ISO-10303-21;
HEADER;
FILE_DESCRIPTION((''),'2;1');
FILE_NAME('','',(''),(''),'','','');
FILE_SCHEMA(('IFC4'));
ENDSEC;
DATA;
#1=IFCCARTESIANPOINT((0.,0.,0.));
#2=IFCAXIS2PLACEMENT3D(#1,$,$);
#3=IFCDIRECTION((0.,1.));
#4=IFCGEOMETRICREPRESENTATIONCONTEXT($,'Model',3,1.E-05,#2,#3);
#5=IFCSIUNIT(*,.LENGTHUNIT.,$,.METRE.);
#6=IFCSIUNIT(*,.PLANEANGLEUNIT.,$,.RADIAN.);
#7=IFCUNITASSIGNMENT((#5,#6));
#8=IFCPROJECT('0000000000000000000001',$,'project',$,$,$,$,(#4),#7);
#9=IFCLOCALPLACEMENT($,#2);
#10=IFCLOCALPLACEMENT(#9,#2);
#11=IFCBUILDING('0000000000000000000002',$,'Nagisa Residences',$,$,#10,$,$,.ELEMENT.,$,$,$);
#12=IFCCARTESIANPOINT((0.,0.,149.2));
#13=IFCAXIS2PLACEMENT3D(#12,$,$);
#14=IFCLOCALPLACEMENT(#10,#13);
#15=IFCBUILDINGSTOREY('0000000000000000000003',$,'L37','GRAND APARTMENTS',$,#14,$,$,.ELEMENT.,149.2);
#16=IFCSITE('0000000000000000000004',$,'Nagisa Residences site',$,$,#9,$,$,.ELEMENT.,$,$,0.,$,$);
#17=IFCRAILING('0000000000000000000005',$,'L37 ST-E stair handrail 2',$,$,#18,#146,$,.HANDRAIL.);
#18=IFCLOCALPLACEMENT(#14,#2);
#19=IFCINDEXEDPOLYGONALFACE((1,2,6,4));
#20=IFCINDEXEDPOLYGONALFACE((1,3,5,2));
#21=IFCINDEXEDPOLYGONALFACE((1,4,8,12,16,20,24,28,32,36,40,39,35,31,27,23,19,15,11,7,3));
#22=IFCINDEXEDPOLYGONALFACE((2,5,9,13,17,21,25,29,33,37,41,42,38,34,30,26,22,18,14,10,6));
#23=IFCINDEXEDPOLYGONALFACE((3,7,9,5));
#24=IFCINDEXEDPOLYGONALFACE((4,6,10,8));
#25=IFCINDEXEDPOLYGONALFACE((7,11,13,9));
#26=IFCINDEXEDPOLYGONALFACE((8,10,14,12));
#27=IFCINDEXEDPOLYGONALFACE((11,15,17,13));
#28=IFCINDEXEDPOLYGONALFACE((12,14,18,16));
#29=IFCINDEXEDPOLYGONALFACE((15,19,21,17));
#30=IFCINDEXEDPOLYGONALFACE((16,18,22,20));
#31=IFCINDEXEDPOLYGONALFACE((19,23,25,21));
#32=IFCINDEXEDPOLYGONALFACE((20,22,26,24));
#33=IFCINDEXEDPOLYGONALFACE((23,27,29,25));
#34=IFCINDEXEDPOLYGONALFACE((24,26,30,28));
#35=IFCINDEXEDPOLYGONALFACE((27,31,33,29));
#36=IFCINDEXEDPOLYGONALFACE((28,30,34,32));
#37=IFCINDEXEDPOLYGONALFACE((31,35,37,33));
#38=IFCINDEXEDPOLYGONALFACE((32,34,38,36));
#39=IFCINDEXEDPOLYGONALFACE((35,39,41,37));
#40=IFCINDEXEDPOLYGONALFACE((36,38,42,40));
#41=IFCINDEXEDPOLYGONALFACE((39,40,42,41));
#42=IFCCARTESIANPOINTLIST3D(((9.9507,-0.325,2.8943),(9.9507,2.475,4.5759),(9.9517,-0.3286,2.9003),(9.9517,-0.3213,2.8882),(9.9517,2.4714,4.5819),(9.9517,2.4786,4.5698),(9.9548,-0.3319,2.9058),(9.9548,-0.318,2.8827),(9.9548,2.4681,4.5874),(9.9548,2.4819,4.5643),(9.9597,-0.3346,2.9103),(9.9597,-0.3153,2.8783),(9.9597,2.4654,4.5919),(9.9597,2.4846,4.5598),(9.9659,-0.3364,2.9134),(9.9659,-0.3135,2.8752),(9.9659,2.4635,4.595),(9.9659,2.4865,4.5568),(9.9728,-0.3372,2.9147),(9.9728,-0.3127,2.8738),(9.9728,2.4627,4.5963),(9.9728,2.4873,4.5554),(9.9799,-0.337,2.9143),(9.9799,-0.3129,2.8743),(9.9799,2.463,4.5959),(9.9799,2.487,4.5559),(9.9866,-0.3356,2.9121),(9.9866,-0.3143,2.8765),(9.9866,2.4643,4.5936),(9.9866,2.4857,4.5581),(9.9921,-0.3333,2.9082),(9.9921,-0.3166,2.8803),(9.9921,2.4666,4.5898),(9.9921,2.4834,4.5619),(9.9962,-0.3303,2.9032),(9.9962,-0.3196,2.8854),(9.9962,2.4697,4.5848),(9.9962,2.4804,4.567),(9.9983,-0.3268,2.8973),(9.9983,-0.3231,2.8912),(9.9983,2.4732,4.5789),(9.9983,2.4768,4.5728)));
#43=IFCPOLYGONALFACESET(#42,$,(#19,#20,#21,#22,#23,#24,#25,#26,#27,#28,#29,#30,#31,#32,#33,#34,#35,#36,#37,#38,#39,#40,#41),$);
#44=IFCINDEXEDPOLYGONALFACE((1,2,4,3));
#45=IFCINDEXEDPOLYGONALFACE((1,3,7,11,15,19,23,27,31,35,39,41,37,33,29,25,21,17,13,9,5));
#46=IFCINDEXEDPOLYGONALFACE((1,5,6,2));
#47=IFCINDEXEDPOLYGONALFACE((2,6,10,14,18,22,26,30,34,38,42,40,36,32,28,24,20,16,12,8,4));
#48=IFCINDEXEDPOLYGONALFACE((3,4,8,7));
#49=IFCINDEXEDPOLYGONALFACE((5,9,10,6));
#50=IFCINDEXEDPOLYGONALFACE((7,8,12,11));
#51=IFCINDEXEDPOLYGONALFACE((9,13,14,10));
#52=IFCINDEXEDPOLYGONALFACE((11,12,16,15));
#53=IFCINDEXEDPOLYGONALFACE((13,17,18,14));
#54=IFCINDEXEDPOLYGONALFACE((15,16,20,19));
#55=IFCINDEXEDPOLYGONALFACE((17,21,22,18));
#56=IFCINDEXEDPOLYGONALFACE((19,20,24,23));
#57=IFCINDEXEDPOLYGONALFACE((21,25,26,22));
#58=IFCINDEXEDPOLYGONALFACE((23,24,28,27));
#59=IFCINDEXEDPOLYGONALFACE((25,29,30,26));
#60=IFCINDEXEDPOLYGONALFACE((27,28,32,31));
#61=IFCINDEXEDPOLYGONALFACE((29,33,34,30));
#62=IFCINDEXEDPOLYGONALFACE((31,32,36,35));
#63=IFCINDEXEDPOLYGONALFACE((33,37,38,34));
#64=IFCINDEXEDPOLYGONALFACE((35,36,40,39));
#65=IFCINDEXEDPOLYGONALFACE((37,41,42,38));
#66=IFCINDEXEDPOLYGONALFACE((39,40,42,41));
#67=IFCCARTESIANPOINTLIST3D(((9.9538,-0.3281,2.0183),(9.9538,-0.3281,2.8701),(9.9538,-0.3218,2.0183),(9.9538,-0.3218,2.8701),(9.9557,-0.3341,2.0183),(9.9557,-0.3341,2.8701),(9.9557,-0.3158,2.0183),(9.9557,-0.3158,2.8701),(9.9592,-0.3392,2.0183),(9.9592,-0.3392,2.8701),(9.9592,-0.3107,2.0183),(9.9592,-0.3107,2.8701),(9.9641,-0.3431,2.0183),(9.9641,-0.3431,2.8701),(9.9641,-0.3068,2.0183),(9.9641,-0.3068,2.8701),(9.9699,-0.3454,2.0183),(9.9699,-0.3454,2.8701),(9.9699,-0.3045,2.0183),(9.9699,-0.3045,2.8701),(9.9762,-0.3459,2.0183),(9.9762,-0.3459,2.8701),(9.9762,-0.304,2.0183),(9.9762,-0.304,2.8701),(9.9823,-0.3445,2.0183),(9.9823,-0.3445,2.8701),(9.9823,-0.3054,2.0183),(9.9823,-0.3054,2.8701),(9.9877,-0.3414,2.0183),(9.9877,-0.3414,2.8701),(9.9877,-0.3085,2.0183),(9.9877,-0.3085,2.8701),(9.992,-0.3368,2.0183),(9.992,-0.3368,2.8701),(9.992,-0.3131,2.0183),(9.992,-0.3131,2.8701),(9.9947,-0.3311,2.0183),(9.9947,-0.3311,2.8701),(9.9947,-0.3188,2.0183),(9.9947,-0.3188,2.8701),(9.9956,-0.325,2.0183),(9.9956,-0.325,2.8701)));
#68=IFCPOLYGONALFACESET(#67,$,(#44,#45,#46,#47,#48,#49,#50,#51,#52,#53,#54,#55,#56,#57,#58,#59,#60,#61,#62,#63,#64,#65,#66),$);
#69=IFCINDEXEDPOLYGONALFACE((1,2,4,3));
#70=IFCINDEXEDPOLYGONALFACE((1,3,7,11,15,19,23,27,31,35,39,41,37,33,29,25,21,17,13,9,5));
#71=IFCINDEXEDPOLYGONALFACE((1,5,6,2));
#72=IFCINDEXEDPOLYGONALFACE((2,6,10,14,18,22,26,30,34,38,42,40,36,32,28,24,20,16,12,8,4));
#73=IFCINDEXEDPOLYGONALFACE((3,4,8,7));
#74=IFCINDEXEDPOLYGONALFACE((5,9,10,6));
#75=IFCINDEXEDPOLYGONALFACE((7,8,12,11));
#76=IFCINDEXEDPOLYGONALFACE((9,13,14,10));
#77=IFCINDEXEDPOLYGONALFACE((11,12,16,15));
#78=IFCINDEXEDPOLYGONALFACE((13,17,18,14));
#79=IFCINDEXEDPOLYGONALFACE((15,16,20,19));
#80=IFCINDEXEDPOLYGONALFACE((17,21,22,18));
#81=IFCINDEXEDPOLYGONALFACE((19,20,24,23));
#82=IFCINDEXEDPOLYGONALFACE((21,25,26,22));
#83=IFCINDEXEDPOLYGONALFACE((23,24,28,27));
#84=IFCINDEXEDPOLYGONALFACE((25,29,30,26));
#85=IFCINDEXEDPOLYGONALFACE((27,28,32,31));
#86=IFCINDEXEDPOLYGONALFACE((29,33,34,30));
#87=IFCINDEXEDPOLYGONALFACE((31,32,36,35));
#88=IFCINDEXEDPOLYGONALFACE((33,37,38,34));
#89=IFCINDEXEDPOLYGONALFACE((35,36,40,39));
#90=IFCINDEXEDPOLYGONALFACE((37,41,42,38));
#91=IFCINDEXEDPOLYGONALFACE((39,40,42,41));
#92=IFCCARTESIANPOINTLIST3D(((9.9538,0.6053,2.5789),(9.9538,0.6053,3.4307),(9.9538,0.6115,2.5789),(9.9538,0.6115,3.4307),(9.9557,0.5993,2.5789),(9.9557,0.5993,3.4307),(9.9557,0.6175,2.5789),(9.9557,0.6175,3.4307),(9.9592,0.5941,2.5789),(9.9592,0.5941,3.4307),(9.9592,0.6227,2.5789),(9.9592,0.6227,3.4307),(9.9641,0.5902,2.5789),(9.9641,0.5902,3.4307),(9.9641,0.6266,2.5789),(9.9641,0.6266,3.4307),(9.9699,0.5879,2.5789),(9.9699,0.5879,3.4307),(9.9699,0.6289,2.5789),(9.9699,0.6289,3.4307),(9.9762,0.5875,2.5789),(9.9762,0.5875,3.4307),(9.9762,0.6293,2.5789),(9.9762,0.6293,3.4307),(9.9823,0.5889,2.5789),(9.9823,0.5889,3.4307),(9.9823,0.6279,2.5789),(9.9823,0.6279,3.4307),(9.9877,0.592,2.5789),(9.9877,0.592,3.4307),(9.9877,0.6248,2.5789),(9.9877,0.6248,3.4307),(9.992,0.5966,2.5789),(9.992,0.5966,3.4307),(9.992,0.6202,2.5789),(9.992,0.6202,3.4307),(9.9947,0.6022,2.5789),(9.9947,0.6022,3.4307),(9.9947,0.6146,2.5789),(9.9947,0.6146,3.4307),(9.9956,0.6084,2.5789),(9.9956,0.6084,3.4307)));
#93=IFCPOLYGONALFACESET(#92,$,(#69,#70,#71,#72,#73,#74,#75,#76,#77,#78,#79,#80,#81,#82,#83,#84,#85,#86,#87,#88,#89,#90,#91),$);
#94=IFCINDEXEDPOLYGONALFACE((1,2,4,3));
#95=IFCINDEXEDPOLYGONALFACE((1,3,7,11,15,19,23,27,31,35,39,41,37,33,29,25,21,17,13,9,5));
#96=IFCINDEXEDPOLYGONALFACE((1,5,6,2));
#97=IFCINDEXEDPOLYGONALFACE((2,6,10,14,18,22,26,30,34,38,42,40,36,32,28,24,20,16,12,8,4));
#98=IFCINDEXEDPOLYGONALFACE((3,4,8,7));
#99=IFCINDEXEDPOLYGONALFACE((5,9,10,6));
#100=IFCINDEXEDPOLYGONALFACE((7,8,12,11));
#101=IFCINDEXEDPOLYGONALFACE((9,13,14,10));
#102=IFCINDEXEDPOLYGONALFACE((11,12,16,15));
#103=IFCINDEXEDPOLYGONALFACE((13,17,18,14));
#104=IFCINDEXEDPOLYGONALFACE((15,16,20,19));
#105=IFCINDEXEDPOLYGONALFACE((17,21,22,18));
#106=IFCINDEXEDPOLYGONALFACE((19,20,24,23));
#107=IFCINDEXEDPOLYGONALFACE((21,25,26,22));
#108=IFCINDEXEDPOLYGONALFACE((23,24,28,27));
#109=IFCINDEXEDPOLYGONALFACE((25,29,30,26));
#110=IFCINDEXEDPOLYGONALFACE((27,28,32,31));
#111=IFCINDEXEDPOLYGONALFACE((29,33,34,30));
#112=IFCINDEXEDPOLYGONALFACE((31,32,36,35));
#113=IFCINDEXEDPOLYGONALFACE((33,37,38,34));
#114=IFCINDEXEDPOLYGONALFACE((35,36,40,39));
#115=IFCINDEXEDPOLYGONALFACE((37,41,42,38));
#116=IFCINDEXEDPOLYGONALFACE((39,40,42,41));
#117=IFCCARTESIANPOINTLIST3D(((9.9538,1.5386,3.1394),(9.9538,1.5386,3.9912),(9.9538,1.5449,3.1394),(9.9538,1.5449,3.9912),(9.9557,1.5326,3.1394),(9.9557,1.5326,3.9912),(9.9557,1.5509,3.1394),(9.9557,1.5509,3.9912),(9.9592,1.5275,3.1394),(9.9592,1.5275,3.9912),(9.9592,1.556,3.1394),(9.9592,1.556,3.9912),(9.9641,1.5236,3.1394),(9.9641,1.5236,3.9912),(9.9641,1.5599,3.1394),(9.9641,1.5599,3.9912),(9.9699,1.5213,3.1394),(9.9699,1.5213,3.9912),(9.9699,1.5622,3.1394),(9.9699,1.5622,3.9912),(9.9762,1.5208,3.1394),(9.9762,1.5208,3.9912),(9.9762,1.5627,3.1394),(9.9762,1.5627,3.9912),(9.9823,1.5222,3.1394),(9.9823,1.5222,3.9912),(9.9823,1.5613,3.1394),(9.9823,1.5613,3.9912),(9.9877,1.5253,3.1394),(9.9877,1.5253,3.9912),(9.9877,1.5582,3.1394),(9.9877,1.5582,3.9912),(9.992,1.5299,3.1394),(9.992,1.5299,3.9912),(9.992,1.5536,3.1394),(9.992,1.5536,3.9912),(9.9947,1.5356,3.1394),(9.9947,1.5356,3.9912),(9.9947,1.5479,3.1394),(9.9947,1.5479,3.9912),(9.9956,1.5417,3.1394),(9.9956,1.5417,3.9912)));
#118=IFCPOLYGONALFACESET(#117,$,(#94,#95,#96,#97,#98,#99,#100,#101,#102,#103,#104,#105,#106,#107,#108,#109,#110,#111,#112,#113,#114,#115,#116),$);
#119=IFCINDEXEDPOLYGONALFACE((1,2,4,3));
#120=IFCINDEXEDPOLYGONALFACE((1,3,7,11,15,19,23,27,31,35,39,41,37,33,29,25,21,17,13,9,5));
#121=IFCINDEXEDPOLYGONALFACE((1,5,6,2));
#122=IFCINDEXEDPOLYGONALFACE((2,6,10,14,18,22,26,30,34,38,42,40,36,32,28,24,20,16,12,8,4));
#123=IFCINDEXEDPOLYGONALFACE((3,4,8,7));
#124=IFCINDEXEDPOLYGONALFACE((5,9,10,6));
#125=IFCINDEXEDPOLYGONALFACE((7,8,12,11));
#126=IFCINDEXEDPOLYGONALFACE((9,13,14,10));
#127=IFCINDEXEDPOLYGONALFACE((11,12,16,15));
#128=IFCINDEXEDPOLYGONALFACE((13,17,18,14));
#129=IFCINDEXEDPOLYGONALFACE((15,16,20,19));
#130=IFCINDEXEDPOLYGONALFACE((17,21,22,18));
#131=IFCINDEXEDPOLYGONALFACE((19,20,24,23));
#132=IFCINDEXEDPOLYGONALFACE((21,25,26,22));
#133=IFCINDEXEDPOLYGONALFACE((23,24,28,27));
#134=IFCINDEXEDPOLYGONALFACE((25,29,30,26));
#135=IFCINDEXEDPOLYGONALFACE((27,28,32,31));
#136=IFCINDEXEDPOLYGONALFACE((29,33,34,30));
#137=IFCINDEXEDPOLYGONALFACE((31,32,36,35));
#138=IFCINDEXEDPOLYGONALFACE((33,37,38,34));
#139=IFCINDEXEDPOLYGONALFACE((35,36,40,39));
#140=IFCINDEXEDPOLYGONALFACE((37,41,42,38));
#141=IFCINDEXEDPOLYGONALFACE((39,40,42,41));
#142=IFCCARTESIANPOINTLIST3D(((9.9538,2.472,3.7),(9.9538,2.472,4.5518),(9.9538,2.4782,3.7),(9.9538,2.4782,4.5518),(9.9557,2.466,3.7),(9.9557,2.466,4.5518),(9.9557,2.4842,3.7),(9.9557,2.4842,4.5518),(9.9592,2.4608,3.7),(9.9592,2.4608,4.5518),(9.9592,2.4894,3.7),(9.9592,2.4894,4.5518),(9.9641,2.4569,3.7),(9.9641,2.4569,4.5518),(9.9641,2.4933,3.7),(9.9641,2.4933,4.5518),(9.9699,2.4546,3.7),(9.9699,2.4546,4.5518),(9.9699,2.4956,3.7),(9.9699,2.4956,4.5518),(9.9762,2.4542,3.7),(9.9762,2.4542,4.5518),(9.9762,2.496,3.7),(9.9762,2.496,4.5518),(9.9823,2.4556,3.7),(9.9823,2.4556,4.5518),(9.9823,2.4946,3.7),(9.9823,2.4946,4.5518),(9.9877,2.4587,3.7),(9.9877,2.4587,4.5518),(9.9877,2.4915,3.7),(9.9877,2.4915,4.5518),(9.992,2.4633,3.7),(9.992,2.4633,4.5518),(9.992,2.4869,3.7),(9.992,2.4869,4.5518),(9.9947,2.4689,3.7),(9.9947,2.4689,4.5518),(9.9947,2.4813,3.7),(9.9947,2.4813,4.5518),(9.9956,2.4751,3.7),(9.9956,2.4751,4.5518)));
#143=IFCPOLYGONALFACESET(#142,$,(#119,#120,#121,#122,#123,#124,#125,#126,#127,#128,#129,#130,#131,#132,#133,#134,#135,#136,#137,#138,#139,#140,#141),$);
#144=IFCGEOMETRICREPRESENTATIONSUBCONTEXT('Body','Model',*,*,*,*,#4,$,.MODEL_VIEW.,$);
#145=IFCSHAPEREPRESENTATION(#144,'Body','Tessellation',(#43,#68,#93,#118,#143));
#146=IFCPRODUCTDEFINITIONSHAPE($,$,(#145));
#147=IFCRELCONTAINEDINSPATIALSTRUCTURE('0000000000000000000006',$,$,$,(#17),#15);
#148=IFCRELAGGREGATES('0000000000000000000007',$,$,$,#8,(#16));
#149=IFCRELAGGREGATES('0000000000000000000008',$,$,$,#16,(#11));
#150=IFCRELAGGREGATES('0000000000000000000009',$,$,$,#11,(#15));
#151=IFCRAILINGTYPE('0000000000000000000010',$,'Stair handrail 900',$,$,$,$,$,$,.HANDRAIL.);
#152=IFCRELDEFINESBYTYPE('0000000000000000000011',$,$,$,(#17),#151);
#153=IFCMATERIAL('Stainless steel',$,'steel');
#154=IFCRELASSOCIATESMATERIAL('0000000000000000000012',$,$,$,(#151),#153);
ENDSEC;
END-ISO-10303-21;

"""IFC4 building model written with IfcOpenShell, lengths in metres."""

from ifc_helpers import new_model, si_unit, direction, frame, origin, origin_2d, place, context, subcontext, project, spatial, circle, extrude, material, type_object, element, save


model = new_model("IFC4")

# Units and contexts
model_context = context("Model", 3, precision=1e-05, world=origin(), true_north=direction((0.0, 1.0)))
body_context = subcontext(model_context, "Body", "Model", "MODEL_VIEW")
ifc_project = project(units=[si_unit("LENGTHUNIT", "METRE"), si_unit("PLANEANGLEUNIT", "RADIAN")], contexts=[model_context])

# Site, building, storey
site_placement = place(None, origin())
site = spatial("IfcSite", under=ifc_project, at=site_placement, Name="Nagisa Residences site", CompositionType="ELEMENT", RefElevation=0.0)
building_placement = place(site_placement, origin())
building = spatial("IfcBuilding", under=site, at=building_placement, Name="Nagisa Residences", CompositionType="ELEMENT")
storey_placement = place(building_placement, frame((0.0, 0.0, 149.2)))
storey = spatial("IfcBuildingStorey", under=building, at=storey_placement, Name="L37", Description="GRAND APARTMENTS", CompositionType="ELEMENT", Elevation=149.2)

# Railing
ifc_material_1 = material(Name="Stainless steel", Category="steel")
railing_type_1 = type_object("IfcRailingType", Name="Stair handrail 900", PredefinedType="HANDRAIL", material=ifc_material_1)
railing_1_placement = place(storey_placement, frame((9.9746, -0.325, 2.0183)))
element("IfcRailing", 1, at=railing_1_placement, inside=storey, type_object=railing_type_1, Name="L37 ST-E stair handrail 2", PredefinedType="HANDRAIL", context=body_context, shape_type="SweptSolid", body=[
    extrude(circle(Radius=0.0239, at=origin_2d()), frame((0.0, 0.0, 0.876), z_axis=(0.0, 0.857275, 0.514858), x_axis=(-1.0, 0.0, 0.0)), (0.0, 0.0, 1.0), 3.2661),
    extrude(circle(Radius=0.021, at=origin_2d()), origin(), (0.0, 0.0, 1.0), 0.8518),
    extrude(circle(Radius=0.021, at=origin_2d()), frame((0.0, 0.9333, 0.5605)), (0.0, 0.0, 1.0), 0.8518),
    extrude(circle(Radius=0.021, at=origin_2d()), frame((0.0, 1.8667, 1.1211)), (0.0, 0.0, 1.0), 0.8518),
    extrude(circle(Radius=0.021, at=origin_2d()), frame((0.0, 2.8, 1.6816)), (0.0, 0.0, 1.0), 0.8518),
])

save(model, "model.ifc")
